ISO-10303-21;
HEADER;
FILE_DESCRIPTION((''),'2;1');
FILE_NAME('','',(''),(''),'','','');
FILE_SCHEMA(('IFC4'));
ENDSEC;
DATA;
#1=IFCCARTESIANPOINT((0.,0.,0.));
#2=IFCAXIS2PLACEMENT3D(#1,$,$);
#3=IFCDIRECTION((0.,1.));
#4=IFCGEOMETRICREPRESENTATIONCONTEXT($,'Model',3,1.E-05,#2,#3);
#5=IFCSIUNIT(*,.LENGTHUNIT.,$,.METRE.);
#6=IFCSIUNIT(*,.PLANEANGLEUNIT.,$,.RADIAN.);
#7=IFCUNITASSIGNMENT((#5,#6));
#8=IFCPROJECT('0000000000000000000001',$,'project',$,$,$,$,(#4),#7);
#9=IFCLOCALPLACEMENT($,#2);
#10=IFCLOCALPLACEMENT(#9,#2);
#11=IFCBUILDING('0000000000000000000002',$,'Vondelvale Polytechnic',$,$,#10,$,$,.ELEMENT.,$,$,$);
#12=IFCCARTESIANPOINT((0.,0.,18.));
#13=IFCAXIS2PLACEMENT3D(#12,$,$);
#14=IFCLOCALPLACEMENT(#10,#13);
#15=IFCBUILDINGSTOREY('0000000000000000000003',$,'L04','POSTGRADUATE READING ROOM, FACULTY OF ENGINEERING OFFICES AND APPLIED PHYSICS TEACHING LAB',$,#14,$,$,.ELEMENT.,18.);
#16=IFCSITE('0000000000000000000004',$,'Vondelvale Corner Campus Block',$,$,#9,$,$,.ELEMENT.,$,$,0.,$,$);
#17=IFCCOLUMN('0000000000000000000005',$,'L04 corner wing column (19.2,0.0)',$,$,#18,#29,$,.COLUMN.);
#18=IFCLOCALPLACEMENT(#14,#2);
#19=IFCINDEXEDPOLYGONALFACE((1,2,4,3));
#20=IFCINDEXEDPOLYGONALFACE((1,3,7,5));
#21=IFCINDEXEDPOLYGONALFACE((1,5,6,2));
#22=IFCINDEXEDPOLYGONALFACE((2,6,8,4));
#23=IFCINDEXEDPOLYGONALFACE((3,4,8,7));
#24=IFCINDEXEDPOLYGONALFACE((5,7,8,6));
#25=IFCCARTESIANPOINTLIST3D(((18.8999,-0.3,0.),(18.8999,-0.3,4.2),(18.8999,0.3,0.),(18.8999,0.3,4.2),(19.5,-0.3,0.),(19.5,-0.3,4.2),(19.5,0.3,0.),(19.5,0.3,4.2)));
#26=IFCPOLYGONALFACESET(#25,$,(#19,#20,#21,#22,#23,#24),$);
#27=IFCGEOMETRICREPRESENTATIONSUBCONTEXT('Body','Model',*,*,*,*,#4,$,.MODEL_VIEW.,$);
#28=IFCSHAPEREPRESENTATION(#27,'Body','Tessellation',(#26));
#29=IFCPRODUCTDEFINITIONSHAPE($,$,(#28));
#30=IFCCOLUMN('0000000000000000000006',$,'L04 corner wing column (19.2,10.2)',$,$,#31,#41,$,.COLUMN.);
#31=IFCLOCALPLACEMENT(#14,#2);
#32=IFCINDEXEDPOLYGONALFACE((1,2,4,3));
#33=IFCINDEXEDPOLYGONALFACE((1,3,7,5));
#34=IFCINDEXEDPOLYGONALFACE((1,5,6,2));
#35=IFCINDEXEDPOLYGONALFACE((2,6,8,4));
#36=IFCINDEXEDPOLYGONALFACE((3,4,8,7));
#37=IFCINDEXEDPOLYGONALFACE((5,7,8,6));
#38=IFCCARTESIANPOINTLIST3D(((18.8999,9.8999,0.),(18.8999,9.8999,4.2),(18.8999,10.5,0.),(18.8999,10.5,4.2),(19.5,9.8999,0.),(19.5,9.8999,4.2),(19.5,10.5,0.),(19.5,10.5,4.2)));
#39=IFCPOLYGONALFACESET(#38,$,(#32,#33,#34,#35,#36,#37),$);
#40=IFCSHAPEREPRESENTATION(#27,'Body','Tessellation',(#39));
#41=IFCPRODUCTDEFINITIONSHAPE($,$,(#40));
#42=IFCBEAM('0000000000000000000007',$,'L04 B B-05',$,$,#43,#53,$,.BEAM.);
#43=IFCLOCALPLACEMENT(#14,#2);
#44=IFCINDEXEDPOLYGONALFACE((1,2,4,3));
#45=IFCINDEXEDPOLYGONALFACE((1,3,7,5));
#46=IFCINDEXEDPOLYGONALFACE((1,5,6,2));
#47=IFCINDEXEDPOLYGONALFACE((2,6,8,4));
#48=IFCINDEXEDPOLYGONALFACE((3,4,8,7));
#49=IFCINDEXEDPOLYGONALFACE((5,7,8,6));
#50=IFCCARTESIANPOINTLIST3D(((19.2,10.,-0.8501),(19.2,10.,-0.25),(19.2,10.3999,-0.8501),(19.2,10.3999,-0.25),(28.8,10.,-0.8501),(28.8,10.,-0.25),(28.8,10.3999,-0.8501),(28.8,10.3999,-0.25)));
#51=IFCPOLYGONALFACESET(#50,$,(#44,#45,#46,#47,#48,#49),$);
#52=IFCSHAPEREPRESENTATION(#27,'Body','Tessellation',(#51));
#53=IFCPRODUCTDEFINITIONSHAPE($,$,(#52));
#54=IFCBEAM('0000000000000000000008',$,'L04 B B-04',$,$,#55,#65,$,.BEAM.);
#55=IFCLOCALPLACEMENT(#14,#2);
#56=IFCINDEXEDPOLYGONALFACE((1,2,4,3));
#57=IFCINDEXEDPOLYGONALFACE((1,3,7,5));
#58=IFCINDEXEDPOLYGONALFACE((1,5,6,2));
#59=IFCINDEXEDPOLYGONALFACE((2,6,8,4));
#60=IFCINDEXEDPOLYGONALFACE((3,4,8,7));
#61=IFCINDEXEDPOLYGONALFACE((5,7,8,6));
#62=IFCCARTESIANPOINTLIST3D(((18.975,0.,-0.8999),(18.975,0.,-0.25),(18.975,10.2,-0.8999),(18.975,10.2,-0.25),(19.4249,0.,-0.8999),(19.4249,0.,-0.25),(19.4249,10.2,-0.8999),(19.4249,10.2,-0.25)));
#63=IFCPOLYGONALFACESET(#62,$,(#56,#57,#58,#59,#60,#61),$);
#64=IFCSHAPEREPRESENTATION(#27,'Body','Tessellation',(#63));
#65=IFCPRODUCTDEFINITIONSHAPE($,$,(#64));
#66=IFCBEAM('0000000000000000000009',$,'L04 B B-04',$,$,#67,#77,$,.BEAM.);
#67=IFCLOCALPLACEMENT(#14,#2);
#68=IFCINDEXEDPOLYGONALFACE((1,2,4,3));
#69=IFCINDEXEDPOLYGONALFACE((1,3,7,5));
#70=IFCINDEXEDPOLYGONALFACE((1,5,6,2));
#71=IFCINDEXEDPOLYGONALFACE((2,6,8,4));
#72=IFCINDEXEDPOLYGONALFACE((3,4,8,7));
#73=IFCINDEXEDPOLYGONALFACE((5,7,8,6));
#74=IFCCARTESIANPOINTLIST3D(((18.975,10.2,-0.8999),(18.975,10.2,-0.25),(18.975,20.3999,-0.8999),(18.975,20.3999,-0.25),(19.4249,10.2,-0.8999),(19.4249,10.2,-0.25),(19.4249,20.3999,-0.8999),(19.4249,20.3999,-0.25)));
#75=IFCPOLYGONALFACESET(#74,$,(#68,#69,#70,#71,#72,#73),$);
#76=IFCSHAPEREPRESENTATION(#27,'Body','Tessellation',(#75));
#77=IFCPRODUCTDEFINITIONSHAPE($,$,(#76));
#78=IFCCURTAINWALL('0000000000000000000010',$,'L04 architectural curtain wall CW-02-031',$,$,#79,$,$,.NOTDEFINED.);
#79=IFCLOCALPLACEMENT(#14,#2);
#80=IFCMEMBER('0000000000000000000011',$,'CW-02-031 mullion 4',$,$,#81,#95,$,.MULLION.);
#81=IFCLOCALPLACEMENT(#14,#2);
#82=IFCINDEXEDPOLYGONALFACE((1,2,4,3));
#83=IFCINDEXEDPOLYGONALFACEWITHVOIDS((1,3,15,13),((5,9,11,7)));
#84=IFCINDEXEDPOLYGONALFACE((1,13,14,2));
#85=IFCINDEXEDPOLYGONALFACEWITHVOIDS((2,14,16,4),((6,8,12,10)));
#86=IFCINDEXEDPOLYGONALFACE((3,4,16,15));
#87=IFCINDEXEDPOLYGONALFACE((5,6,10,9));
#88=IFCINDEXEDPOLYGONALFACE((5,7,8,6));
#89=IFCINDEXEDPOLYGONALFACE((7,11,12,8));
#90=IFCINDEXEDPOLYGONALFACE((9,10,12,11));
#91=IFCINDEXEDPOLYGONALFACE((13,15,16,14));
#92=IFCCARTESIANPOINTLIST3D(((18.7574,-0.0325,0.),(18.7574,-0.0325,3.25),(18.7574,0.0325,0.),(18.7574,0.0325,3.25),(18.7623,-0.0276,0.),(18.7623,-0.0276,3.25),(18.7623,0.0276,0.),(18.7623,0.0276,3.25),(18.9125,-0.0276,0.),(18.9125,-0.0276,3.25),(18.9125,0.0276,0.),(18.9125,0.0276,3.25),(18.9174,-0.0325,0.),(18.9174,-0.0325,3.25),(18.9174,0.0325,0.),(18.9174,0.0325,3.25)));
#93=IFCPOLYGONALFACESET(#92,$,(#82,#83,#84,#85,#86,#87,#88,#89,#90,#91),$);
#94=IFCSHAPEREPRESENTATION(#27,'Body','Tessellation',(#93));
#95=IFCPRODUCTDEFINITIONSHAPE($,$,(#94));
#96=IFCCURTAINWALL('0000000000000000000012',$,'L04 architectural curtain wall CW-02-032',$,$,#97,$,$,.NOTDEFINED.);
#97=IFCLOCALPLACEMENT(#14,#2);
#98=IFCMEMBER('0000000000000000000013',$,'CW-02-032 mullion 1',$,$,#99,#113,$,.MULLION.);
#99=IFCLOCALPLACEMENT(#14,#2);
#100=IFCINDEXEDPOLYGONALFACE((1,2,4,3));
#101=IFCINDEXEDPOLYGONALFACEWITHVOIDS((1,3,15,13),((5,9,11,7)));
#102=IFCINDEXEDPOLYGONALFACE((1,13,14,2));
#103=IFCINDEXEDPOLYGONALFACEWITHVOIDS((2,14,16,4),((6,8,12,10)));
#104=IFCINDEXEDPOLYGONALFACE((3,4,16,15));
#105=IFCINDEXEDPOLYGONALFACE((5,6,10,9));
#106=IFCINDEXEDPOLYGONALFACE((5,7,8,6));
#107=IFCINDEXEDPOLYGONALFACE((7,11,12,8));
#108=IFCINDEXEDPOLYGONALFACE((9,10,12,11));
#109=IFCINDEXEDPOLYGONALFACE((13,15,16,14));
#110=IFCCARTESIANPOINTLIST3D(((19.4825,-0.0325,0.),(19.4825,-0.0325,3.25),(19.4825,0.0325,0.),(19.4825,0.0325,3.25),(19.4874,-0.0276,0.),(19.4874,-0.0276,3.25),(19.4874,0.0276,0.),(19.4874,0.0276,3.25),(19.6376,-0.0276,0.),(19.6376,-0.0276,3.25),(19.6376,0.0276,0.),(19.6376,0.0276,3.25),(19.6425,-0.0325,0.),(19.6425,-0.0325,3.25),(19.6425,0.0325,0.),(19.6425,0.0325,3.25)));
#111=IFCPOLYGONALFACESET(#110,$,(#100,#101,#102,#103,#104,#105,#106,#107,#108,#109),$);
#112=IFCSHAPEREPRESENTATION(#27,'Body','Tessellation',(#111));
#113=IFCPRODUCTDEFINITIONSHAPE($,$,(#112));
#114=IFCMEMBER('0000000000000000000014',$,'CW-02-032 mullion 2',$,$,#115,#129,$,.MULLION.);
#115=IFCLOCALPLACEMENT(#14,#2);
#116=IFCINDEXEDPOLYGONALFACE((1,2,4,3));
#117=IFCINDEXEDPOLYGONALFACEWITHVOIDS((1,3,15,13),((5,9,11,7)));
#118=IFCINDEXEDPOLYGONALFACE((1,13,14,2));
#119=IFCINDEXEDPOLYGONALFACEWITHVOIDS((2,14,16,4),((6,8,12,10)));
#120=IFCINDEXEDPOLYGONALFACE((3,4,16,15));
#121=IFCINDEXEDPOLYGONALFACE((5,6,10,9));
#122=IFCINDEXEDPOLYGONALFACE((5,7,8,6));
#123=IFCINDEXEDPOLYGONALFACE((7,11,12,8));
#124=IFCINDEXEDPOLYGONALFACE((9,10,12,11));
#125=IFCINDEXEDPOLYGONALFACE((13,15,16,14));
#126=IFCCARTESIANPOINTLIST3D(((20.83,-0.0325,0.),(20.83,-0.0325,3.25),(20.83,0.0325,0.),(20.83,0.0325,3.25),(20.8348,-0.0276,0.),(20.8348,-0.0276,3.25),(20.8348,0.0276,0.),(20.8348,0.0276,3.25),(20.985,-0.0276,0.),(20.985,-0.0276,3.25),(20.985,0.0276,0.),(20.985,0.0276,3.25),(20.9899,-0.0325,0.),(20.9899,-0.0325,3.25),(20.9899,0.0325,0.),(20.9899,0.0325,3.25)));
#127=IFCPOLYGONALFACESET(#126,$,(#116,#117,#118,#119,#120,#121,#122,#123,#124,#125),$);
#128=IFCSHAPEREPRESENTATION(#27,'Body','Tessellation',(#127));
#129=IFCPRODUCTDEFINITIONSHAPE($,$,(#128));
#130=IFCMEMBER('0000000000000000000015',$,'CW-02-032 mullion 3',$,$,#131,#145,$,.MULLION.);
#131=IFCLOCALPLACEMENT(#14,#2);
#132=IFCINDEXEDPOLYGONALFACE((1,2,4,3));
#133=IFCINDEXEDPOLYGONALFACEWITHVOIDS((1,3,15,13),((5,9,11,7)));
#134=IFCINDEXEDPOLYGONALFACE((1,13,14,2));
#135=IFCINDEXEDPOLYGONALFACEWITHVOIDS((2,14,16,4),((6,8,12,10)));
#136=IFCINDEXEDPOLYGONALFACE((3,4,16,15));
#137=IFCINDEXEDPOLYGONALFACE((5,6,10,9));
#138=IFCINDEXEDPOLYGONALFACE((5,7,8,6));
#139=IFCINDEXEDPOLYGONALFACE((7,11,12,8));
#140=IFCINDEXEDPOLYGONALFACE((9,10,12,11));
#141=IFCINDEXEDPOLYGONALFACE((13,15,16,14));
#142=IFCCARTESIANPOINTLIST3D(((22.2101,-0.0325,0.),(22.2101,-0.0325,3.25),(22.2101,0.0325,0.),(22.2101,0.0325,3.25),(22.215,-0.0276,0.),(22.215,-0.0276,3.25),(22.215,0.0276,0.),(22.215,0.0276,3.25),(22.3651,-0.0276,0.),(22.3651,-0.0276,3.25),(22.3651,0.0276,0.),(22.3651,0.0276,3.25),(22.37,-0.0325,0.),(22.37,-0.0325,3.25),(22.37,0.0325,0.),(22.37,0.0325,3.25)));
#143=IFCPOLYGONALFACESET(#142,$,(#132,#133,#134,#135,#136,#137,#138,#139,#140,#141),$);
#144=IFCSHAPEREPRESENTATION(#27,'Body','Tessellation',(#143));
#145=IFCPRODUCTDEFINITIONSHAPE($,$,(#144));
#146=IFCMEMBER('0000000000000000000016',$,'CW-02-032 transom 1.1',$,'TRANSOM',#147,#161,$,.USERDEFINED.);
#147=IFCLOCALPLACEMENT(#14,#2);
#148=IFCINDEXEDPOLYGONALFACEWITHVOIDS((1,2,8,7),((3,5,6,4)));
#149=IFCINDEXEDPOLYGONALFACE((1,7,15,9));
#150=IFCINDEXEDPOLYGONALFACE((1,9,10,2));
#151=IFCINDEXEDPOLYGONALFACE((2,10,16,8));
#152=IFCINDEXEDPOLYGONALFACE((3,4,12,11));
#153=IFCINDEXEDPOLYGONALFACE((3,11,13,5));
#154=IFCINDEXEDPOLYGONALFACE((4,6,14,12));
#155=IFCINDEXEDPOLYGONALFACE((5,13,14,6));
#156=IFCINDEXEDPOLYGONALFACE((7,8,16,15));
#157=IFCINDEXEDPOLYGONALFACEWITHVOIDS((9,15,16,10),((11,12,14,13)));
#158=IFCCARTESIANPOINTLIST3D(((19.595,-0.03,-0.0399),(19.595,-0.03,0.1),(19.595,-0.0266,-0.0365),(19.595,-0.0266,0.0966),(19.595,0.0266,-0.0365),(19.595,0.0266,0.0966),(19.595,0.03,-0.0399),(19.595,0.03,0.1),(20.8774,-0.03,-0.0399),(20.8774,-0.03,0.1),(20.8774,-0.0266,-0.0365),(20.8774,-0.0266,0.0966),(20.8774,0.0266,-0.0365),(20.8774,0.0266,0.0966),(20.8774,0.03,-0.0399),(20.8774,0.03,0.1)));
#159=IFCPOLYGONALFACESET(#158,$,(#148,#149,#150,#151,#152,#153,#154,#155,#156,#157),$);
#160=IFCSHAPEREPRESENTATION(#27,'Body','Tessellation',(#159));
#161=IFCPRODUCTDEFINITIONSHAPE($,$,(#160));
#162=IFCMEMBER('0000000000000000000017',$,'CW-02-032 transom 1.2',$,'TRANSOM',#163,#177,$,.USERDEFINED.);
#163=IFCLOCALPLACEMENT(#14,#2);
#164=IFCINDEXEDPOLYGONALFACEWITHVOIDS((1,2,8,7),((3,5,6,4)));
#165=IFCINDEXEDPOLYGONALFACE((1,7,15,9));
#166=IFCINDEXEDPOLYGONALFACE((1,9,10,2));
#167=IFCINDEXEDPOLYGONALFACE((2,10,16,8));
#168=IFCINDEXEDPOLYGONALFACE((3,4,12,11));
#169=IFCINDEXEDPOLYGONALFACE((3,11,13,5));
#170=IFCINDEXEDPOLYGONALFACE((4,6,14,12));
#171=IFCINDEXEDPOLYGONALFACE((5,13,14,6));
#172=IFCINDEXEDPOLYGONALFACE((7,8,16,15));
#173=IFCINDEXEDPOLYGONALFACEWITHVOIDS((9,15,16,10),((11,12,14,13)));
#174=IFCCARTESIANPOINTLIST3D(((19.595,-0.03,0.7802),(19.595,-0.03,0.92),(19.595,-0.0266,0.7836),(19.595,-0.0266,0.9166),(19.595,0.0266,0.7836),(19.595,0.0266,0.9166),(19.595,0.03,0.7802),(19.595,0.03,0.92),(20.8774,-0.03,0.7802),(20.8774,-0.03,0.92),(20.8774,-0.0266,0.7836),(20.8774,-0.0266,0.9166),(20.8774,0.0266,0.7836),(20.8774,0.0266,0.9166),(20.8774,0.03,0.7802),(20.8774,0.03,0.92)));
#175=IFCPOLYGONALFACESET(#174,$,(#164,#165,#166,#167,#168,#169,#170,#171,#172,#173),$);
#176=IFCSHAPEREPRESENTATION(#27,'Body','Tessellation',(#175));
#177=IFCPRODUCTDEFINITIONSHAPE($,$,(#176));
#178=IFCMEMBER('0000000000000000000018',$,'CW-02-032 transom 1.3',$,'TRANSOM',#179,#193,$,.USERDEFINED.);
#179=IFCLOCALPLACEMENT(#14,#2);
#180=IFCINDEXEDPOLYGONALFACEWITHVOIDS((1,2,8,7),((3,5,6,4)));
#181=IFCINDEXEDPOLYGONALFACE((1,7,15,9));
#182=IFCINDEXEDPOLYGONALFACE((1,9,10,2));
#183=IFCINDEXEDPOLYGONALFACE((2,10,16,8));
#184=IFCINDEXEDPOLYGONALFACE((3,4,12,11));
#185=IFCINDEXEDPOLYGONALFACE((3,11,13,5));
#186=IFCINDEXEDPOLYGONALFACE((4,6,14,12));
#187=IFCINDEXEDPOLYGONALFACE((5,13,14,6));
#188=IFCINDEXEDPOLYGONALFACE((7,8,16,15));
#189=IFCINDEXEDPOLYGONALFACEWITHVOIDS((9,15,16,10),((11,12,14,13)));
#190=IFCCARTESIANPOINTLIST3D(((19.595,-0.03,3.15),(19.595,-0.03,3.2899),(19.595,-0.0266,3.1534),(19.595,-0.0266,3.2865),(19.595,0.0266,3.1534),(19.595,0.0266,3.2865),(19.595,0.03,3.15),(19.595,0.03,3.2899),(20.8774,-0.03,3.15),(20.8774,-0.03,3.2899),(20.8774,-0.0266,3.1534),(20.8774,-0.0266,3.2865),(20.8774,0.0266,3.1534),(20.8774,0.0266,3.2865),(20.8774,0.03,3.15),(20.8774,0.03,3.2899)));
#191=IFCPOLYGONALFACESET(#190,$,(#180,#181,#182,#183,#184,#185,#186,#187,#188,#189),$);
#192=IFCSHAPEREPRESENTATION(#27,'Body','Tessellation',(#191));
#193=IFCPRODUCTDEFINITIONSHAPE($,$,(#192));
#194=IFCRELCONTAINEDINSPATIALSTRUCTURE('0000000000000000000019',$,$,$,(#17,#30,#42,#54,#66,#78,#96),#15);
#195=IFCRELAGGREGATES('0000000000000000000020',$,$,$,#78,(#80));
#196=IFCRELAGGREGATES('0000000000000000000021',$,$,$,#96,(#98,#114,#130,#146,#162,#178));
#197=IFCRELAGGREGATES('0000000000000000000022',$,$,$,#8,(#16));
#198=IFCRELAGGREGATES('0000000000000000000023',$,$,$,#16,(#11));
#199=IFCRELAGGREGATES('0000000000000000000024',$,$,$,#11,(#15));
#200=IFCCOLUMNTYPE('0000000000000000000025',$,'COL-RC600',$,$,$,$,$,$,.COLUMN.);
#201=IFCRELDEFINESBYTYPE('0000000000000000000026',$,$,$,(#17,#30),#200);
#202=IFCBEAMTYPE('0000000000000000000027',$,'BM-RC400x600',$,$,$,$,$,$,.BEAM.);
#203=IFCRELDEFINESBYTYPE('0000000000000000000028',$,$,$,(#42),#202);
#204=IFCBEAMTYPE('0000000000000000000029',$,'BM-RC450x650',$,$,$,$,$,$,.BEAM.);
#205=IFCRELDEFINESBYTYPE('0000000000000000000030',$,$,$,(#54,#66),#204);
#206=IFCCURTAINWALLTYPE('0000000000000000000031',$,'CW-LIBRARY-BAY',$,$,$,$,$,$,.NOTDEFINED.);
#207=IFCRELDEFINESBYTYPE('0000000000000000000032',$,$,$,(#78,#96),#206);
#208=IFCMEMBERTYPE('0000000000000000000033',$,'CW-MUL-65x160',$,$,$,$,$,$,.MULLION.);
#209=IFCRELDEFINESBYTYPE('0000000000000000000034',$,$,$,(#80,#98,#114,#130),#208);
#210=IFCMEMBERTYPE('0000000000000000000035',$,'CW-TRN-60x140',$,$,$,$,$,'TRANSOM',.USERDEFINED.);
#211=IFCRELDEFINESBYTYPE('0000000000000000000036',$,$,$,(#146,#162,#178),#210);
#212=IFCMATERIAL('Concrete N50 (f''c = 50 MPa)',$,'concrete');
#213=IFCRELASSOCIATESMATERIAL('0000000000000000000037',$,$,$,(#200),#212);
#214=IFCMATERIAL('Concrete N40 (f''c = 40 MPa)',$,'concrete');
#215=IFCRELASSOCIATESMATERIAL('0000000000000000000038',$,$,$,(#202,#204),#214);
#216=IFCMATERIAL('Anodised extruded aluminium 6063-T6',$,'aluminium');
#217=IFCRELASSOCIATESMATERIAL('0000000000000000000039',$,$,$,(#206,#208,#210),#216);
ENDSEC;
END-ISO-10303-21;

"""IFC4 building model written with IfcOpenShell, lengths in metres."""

from ifc_helpers import new_model, si_unit, direction, frame, origin, origin_2d, place, context, subcontext, project, spatial, rectangle, hollow_rectangle, extrude, material, material_profile, profile_set, type_object, element, aggregate, save


model = new_model("IFC4")

# Units and contexts
model_context = context("Model", 3, precision=1e-05, world=origin(), true_north=direction((0.0, 1.0)))
body_context = subcontext(model_context, "Body", "Model", "MODEL_VIEW")
ifc_project = project(units=[si_unit("LENGTHUNIT", "METRE"), si_unit("PLANEANGLEUNIT", "RADIAN")], contexts=[model_context])

# Site, building, storey
site_placement = place(None, origin())
site = spatial("IfcSite", under=ifc_project, at=site_placement, Name="Vondelvale Corner Campus Block", CompositionType="ELEMENT", RefElevation=0.0)
building_placement = place(site_placement, origin())
building = spatial("IfcBuilding", under=site, at=building_placement, Name="Vondelvale Polytechnic", CompositionType="ELEMENT")
storey_placement = place(building_placement, frame((0.0, 0.0, 18.0)))
storey = spatial("IfcBuildingStorey", under=building, at=storey_placement, Name="L04", Description="POSTGRADUATE READING ROOM, FACULTY OF ENGINEERING OFFICES AND APPLIED PHYSICS TEACHING LAB", CompositionType="ELEMENT", Elevation=18.0)

# Columns
ifc_material_1 = material(Name="Concrete N50 (f'c = 50 MPa)", Category="concrete")
ifc_material_profile_1 = material_profile(ifc_material_1, rectangle(XDim=0.6001, YDim=0.6001, at=origin_2d()), Name="RC-COL-600x600")
ifc_profile_set_1 = profile_set([ifc_material_profile_1], Name="Concrete N50 (f'c = 50 MPa)")
column_type = type_object("IfcColumnType", Name="COL-RC600", PredefinedType="COLUMN", material=ifc_profile_set_1)
for number, where, z_axis, x_axis, name in (
    (1, (19.2, 0.0, 0.0), (0.0, 0.0, 1.0), (1.0, 0.0, 0.0), "L04 corner wing column (19.2,0.0)"),
    (2, (19.2, 10.2, 0.0), (0.0, 0.0, 1.0), (1.0, 0.0, 0.0), "L04 corner wing column (19.2,10.2)"),
):
    element("IfcColumn", number, at=place(storey_placement, frame(where, z_axis=z_axis, x_axis=x_axis)), inside=storey, type_object=column_type, Name=name, PredefinedType="COLUMN", context=body_context, shape_type="SweptSolid", body=[
        extrude(rectangle(XDim=0.6001, YDim=0.6001, at=origin_2d()), origin(), (0.0, 0.0, 1.0), 4.2),
    ])

# Beams
ifc_material_2 = material(Name="Concrete N40 (f'c = 40 MPa)", Category="concrete")
ifc_material_profile_2 = material_profile(ifc_material_2, rectangle(XDim=0.3999, YDim=0.6001, at=origin_2d()), Name="RC-BM-400x600")
ifc_profile_set_2 = profile_set([ifc_material_profile_2], Name="Concrete N40 (f'c = 40 MPa)")
beam_type_1 = type_object("IfcBeamType", Name="BM-RC400x600", PredefinedType="BEAM", material=ifc_profile_set_2)
beam_1_placement = place(storey_placement, frame((19.2, 10.2, -0.55), z_axis=(1.0, 0.0, 0.0), x_axis=(0.0, 1.0, 0.0)))
element("IfcBeam", 3, at=beam_1_placement, inside=storey, type_object=beam_type_1, Name="L04 B B-05", PredefinedType="BEAM", context=body_context, shape_type="SweptSolid", body=[
    extrude(rectangle(XDim=0.3999, YDim=0.6001, at=origin_2d()), origin(), (0.0, 0.0, 1.0), 9.6001),
])
ifc_material_profile_3 = material_profile(ifc_material_2, rectangle(XDim=0.45, YDim=0.6499, at=origin_2d()), Name="RC-BM-450x650")
ifc_profile_set_3 = profile_set([ifc_material_profile_3], Name="Concrete N40 (f'c = 40 MPa)")
beam_type_2 = type_object("IfcBeamType", Name="BM-RC450x650", PredefinedType="BEAM", material=ifc_profile_set_3)
for number, where, z_axis, x_axis, name in (
    (4, (19.2, 0.0, -0.575), (0.0, 1.0, 0.0), (-1.0, 0.0, 0.0), "L04 B B-04"),
    (5, (19.2, 10.2, -0.575), (0.0, 1.0, 0.0), (-1.0, 0.0, 0.0), "L04 B B-04"),
):
    element("IfcBeam", number, at=place(storey_placement, frame(where, z_axis=z_axis, x_axis=x_axis)), inside=storey, type_object=beam_type_2, Name=name, PredefinedType="BEAM", context=body_context, shape_type="SweptSolid", body=[
        extrude(rectangle(XDim=0.45, YDim=0.6499, at=origin_2d()), origin(), (0.0, 0.0, 1.0), 10.2),
    ])

# Curtain wall, member
ifc_material_3 = material(Name="Anodised extruded aluminium 6063-T6", Category="aluminium")
curtain_wall_type = type_object("IfcCurtainWallType", Name="CW-LIBRARY-BAY", PredefinedType="NOTDEFINED", material=ifc_material_3)
curtain_wall_1_placement = place(storey_placement, origin())
curtain_wall_1 = element("IfcCurtainWall", 6, at=curtain_wall_1_placement, inside=storey, type_object=curtain_wall_type, Name="L04 architectural curtain wall CW-02-031", PredefinedType="NOTDEFINED")
ifc_material_profile_4 = material_profile(ifc_material_3, hollow_rectangle(XDim=0.0649, YDim=0.1599, WallThickness=0.0049, at=origin_2d()), Name="CW-MUL-160x65")
ifc_profile_set_4 = profile_set([ifc_material_profile_4], Name="Anodised extruded aluminium 6063-T6")
member_type_1 = type_object("IfcMemberType", Name="CW-MUL-65x160", PredefinedType="MULLION", material=ifc_profile_set_4)
member_1_placement = place(storey_placement, frame((18.8374, 0.0, 0.0), z_axis=(0.0, 0.0, 1.0), x_axis=(0.0, 1.0, 0.0)))
member_1 = element("IfcMember", 7, at=member_1_placement, type_object=member_type_1, Name="CW-02-031 mullion 4", PredefinedType="MULLION", context=body_context, shape_type="SweptSolid", body=[
    extrude(hollow_rectangle(XDim=0.0649, YDim=0.1599, WallThickness=0.0049, at=origin_2d()), origin(), (0.0, 0.0, 1.0), 3.25),
])
aggregate(curtain_wall_1, [member_1])

# Curtain wall, members
curtain_wall_2_placement = place(storey_placement, origin())
curtain_wall_2 = element("IfcCurtainWall", 8, at=curtain_wall_2_placement, inside=storey, type_object=curtain_wall_type, Name="L04 architectural curtain wall CW-02-032", PredefinedType="NOTDEFINED")
member_2_placement = place(storey_placement, frame((19.5625, 0.0, 0.0), z_axis=(0.0, 0.0, 1.0), x_axis=(0.0, 1.0, 0.0)))
member_2 = element("IfcMember", 9, at=member_2_placement, type_object=member_type_1, Name="CW-02-032 mullion 1", PredefinedType="MULLION", context=body_context, shape_type="SweptSolid", body=[
    extrude(hollow_rectangle(XDim=0.0649, YDim=0.1599, WallThickness=0.0049, at=origin_2d()), origin(), (0.0, 0.0, 1.0), 3.25),
])
member_3_placement = place(storey_placement, frame((20.9099, 0.0, 0.0), z_axis=(0.0, 0.0, 1.0), x_axis=(0.0, 1.0, 0.0)))
member_3 = element("IfcMember", 10, at=member_3_placement, type_object=member_type_1, Name="CW-02-032 mullion 2", PredefinedType="MULLION", context=body_context, shape_type="SweptSolid", body=[
    extrude(hollow_rectangle(XDim=0.0649, YDim=0.1599, WallThickness=0.0049, at=origin_2d()), origin(), (0.0, 0.0, 1.0), 3.25),
])
member_4_placement = place(storey_placement, frame((22.29, 0.0, 0.0), z_axis=(0.0, 0.0, 1.0), x_axis=(0.0, 1.0, 0.0)))
member_4 = element("IfcMember", 11, at=member_4_placement, type_object=member_type_1, Name="CW-02-032 mullion 3", PredefinedType="MULLION", context=body_context, shape_type="SweptSolid", body=[
    extrude(hollow_rectangle(XDim=0.0649, YDim=0.1599, WallThickness=0.0049, at=origin_2d()), origin(), (0.0, 0.0, 1.0), 3.25),
])
ifc_material_profile_5 = material_profile(ifc_material_3, hollow_rectangle(XDim=0.0601, YDim=0.1399, WallThickness=0.0034, at=origin_2d()), Name="CW-TRN-140x60")
ifc_profile_set_5 = profile_set([ifc_material_profile_5], Name="Anodised extruded aluminium 6063-T6")
member_type_2 = type_object("IfcMemberType", Name="CW-TRN-60x140", ElementType="TRANSOM", PredefinedType="USERDEFINED", material=ifc_profile_set_5)
member_5_placement = place(storey_placement, frame((19.595, 0.0, 0.03), z_axis=(1.0, 0.0, 0.0), x_axis=(0.0, 1.0, 0.0)))
member_5 = element("IfcMember", 12, at=member_5_placement, type_object=member_type_2, Name="CW-02-032 transom 1.1", ObjectType="TRANSOM", PredefinedType="USERDEFINED", context=body_context, shape_type="SweptSolid", body=[
    extrude(hollow_rectangle(XDim=0.0601, YDim=0.1399, WallThickness=0.0034, at=origin_2d()), origin(), (0.0, 0.0, 1.0), 1.2825),
])
member_6_placement = place(storey_placement, frame((19.595, 0.0, 0.8501), z_axis=(1.0, 0.0, 0.0), x_axis=(0.0, 1.0, 0.0)))
member_6 = element("IfcMember", 13, at=member_6_placement, type_object=member_type_2, Name="CW-02-032 transom 1.2", ObjectType="TRANSOM", PredefinedType="USERDEFINED", context=body_context, shape_type="SweptSolid", body=[
    extrude(hollow_rectangle(XDim=0.0601, YDim=0.1399, WallThickness=0.0034, at=origin_2d()), origin(), (0.0, 0.0, 1.0), 1.2825),
])
member_7_placement = place(storey_placement, frame((19.595, 0.0, 3.22), z_axis=(1.0, 0.0, 0.0), x_axis=(0.0, 1.0, 0.0)))
member_7 = element("IfcMember", 14, at=member_7_placement, type_object=member_type_2, Name="CW-02-032 transom 1.3", ObjectType="TRANSOM", PredefinedType="USERDEFINED", context=body_context, shape_type="SweptSolid", body=[
    extrude(hollow_rectangle(XDim=0.0601, YDim=0.1399, WallThickness=0.0034, at=origin_2d()), origin(), (0.0, 0.0, 1.0), 1.2825),
])

aggregate(curtain_wall_2, [member_2, member_3, member_4, member_5, member_6, member_7])

save(model, "model.ifc")
